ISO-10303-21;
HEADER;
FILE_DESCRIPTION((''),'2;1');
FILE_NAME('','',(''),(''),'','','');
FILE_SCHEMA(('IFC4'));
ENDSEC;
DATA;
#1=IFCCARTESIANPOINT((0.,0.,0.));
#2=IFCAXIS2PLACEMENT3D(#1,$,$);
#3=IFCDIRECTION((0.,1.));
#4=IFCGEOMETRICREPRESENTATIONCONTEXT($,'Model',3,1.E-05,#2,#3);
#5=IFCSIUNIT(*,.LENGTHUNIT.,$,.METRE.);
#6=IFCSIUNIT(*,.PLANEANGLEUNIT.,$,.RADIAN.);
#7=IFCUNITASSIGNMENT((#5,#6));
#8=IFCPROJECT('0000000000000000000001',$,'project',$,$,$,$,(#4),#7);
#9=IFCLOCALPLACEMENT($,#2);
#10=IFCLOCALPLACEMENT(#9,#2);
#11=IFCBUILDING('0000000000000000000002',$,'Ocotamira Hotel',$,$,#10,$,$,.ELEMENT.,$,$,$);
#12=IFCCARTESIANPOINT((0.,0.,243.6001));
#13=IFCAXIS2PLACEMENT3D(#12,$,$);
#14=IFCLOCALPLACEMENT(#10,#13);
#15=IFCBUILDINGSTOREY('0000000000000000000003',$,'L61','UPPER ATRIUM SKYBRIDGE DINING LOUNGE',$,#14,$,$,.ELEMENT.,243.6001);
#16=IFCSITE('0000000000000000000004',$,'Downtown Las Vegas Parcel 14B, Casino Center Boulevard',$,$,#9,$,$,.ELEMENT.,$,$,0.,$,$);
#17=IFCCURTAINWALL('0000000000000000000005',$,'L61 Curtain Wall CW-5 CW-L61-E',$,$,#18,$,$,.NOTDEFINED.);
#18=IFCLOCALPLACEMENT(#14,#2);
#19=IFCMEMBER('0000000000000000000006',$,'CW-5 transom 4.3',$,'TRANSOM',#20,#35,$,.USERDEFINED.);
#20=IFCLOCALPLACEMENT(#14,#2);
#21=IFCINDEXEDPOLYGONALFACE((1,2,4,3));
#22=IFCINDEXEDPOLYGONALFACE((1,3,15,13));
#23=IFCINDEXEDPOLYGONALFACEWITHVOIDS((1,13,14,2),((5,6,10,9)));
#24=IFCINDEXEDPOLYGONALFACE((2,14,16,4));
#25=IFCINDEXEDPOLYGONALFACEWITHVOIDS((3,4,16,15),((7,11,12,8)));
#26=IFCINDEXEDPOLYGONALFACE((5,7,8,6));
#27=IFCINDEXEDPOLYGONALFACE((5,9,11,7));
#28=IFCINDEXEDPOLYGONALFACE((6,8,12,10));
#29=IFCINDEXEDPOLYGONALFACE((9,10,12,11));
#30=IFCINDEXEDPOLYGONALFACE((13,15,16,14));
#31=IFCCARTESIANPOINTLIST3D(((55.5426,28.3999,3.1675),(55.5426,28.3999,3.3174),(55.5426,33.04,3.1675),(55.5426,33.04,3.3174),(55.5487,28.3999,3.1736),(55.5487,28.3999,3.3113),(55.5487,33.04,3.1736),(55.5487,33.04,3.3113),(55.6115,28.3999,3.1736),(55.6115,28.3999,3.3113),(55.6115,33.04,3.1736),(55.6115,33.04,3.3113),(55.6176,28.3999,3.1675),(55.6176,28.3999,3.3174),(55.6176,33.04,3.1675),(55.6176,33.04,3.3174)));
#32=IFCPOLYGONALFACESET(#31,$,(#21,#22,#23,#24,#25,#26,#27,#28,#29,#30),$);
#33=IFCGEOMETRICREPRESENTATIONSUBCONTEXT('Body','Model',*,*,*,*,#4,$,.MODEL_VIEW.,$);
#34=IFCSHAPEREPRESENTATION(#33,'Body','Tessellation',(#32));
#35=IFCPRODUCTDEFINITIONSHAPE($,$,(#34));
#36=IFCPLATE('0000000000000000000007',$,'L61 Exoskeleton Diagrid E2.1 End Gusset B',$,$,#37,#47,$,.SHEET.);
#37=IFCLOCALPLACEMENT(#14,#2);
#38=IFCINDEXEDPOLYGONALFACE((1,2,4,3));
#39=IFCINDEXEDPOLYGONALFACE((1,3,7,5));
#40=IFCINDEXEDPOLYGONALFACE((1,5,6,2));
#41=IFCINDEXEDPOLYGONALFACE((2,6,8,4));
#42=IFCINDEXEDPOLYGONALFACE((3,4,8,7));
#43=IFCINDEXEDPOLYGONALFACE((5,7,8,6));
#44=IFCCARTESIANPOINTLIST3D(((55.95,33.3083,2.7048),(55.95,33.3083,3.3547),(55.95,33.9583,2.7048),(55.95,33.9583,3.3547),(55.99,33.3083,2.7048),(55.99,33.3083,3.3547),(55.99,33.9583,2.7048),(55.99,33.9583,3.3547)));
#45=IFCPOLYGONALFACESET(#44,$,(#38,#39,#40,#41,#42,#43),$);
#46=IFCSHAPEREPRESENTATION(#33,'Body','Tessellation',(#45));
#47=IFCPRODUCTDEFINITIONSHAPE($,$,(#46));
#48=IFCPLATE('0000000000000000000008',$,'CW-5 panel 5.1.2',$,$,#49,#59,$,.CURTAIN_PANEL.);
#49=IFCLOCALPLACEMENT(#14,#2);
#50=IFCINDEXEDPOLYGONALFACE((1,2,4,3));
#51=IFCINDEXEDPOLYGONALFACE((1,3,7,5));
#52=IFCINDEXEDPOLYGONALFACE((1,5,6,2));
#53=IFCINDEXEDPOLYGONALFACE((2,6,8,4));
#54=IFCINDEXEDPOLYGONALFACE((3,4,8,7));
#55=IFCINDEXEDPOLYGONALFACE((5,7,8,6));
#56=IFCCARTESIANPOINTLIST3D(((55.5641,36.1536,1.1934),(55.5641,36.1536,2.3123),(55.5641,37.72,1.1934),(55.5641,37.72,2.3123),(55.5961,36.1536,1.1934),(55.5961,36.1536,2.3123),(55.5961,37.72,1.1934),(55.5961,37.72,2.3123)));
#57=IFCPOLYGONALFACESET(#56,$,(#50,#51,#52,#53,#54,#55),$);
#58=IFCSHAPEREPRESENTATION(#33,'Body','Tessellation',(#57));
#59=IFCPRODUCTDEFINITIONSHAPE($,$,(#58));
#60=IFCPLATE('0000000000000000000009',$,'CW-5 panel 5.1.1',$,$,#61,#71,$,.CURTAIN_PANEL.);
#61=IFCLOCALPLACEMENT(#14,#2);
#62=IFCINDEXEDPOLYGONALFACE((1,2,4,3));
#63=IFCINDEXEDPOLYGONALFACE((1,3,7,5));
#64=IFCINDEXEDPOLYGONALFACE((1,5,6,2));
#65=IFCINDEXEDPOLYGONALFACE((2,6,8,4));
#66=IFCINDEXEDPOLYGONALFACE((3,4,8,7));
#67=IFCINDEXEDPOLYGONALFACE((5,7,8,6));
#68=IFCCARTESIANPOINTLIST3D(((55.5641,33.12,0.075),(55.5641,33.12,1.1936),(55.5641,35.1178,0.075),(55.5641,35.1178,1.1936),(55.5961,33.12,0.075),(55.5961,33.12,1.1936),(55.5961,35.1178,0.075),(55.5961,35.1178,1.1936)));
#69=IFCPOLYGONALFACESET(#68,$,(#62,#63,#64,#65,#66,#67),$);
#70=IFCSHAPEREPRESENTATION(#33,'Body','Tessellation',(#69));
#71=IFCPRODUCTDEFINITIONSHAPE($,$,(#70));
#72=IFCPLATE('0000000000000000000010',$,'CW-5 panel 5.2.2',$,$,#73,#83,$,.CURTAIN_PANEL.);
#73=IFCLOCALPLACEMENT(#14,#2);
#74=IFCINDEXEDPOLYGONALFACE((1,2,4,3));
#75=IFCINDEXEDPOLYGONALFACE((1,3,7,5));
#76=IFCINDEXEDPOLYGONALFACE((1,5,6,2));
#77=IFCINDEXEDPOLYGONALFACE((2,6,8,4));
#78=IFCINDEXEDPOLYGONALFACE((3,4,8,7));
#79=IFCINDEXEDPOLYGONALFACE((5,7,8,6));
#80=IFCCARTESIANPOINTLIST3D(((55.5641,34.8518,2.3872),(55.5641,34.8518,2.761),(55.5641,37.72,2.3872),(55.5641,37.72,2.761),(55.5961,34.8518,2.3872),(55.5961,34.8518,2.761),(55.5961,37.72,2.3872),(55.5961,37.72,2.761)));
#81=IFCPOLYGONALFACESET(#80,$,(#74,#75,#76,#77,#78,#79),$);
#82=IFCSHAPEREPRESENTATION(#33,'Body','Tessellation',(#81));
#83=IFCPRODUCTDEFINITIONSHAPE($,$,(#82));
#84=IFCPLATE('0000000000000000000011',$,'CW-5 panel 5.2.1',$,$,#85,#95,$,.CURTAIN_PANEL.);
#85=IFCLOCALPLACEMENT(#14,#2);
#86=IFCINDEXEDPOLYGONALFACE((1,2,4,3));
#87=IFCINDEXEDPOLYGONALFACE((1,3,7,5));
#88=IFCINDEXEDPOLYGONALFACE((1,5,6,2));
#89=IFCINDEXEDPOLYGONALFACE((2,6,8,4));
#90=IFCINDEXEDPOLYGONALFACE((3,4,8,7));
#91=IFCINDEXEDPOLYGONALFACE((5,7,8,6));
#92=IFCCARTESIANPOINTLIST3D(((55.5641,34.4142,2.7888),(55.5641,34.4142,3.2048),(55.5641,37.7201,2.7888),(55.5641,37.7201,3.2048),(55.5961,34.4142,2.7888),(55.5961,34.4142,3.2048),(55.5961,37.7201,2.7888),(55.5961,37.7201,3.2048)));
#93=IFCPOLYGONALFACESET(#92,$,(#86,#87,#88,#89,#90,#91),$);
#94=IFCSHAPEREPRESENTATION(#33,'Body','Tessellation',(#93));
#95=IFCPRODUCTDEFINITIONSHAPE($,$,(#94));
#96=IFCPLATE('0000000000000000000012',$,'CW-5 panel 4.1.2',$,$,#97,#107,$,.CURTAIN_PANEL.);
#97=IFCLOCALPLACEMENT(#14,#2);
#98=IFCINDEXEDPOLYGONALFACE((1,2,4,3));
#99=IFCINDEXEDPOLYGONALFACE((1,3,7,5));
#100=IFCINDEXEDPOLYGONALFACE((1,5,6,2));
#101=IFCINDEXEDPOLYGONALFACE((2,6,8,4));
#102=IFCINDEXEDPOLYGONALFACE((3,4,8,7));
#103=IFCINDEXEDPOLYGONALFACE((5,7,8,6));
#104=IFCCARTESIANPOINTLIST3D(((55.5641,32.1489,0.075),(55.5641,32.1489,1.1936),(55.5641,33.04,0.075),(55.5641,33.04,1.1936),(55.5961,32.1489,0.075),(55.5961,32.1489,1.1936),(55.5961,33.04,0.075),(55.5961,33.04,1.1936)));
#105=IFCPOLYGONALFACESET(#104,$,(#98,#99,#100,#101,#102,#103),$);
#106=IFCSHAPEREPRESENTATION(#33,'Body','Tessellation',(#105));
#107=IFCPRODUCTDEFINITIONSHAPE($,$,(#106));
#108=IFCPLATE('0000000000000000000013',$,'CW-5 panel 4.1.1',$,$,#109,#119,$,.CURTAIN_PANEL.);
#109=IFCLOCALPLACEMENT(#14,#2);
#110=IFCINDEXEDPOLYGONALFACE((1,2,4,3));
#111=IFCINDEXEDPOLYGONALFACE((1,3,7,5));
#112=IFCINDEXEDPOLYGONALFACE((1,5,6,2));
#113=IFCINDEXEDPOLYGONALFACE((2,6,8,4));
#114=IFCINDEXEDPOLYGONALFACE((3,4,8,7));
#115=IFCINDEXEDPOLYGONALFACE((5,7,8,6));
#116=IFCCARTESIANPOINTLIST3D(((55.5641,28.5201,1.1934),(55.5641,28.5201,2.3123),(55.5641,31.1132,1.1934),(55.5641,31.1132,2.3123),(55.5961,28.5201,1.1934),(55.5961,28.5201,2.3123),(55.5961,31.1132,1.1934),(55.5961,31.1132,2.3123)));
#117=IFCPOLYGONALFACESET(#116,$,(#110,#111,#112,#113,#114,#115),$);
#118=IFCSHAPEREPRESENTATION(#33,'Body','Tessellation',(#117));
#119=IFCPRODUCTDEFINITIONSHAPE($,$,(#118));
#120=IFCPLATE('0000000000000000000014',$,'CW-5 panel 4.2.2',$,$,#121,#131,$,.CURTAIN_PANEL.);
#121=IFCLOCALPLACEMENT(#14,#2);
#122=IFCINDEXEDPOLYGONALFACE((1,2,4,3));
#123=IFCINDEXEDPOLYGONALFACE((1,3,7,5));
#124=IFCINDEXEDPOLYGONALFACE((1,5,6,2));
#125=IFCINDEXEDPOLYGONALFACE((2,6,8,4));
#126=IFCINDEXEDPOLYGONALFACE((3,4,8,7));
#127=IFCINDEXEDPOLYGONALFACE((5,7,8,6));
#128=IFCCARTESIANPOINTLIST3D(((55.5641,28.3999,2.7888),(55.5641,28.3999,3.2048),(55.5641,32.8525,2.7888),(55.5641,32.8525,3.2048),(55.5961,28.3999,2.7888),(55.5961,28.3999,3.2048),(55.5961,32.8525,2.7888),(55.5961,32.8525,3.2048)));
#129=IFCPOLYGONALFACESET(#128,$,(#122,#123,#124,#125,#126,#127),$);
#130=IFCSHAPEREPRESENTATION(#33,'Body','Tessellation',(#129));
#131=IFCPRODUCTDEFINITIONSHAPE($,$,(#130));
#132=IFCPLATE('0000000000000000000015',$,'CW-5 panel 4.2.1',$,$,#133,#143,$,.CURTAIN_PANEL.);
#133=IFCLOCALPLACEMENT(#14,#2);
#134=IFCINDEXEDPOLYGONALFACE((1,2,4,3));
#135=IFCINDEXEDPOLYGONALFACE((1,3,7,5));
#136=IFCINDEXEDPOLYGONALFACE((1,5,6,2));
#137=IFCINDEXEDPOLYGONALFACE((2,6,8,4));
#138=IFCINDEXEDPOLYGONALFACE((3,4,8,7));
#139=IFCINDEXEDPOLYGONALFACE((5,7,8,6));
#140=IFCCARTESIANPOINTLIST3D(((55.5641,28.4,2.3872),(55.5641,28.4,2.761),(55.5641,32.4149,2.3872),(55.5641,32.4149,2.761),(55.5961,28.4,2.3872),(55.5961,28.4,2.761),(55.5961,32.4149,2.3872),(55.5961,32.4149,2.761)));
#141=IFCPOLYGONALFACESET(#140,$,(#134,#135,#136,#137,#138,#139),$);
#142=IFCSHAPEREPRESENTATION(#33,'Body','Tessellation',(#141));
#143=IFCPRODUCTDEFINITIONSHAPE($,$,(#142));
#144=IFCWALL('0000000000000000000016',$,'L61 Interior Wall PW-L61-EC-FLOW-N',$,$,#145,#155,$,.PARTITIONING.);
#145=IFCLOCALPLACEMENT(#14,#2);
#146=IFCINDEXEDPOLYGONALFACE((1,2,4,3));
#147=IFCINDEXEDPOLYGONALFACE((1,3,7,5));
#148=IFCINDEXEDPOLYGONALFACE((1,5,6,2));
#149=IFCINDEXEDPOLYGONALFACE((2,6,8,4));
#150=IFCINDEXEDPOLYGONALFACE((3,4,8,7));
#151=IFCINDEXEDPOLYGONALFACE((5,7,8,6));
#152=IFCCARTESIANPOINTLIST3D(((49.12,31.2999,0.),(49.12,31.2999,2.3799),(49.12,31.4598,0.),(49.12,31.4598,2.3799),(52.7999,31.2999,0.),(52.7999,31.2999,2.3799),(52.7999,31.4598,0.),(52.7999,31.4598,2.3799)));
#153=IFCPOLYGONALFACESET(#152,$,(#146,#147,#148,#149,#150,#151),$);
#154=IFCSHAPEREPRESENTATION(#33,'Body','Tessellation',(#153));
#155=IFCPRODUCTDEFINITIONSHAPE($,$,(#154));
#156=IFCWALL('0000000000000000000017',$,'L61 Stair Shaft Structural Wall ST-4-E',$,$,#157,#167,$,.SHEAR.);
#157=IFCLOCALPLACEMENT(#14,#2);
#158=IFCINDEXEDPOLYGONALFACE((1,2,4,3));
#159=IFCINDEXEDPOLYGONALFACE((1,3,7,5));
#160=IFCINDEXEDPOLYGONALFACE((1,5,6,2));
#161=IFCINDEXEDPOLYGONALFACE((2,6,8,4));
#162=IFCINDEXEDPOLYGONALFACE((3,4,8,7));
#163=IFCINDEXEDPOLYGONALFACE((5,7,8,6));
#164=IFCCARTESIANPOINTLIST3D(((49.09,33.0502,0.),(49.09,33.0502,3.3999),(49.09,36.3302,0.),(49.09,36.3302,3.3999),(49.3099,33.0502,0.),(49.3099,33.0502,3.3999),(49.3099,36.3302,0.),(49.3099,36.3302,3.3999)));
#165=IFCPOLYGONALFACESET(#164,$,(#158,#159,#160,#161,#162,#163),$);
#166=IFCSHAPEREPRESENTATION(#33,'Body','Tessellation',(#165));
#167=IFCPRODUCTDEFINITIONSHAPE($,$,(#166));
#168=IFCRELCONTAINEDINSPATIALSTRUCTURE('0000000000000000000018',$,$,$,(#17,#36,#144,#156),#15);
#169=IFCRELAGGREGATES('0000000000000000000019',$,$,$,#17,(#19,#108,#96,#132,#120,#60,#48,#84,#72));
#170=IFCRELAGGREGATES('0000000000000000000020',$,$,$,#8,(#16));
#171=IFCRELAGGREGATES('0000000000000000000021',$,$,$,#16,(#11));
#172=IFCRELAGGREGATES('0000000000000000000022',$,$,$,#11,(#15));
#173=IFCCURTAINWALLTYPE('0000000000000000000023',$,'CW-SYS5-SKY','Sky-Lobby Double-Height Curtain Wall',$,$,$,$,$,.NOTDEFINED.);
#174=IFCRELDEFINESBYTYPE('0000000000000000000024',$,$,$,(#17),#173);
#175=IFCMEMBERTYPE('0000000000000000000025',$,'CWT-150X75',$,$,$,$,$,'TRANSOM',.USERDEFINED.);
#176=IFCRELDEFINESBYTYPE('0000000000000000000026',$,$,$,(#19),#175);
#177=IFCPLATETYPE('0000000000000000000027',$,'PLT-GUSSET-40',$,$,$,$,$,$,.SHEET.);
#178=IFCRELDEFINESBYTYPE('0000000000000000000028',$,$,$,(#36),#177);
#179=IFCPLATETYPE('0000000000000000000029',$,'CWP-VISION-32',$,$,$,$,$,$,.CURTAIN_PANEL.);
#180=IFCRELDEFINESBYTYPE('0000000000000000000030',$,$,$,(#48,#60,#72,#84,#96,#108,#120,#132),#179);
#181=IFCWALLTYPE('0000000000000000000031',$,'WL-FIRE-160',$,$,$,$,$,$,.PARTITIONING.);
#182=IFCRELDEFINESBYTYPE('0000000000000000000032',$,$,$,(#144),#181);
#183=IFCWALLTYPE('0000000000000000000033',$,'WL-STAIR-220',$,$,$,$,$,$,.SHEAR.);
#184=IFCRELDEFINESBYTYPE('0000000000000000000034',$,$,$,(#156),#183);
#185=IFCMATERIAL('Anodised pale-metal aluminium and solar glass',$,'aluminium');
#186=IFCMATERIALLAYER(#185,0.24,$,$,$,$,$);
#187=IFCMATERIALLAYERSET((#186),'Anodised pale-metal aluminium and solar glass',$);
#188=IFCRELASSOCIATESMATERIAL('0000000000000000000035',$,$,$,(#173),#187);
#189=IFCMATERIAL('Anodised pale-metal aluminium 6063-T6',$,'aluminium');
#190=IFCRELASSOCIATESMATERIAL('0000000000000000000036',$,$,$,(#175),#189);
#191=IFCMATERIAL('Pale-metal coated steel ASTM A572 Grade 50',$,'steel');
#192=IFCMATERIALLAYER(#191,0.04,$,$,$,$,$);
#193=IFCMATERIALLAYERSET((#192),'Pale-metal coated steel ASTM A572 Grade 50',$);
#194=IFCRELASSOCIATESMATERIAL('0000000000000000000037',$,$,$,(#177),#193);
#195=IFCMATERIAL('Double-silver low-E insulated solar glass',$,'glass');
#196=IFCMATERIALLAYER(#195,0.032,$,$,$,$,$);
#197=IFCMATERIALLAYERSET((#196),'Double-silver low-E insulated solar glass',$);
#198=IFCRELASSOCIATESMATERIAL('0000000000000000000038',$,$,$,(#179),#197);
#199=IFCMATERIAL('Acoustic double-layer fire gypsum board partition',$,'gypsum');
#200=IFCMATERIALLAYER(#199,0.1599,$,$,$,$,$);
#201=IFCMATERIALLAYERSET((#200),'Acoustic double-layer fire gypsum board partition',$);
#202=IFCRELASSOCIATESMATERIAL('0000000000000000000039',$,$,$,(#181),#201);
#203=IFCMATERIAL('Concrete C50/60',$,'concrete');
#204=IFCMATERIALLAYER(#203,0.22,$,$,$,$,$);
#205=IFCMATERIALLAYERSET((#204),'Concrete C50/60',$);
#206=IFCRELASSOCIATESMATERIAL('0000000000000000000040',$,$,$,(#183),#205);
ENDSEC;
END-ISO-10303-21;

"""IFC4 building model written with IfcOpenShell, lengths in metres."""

from ifc_helpers import new_model, si_unit, direction, frame, frame_2d, origin, origin_2d, place, context, subcontext, project, spatial, rectangle, hollow_rectangle, extrude, source, transform, mapped, material, layer, layer_set, material_profile, profile_set, type_object, element, aggregate, save


model = new_model("IFC4")

# Units and contexts
model_context = context("Model", 3, precision=1e-05, world=origin(), true_north=direction((0.0, 1.0)))
body_context = subcontext(model_context, "Body", "Model", "MODEL_VIEW")
ifc_project = project(units=[si_unit("LENGTHUNIT", "METRE"), si_unit("PLANEANGLEUNIT", "RADIAN")], contexts=[model_context])

# Site, building, storey
site_placement = place(None, origin())
site = spatial("IfcSite", under=ifc_project, at=site_placement, Name="Downtown Las Vegas Parcel 14B, Casino Center Boulevard", CompositionType="ELEMENT", RefElevation=0.0)
building_placement = place(site_placement, origin())
building = spatial("IfcBuilding", under=site, at=building_placement, Name="Ocotamira Hotel", CompositionType="ELEMENT")
storey_placement = place(building_placement, frame((0.0, 0.0, 243.6001)))
storey = spatial("IfcBuildingStorey", under=building, at=storey_placement, Name="L61", Description="UPPER ATRIUM SKYBRIDGE DINING LOUNGE", CompositionType="ELEMENT", Elevation=243.6001)

# Curtain wall, member
ifc_material_1 = material(Name="Anodised pale-metal aluminium and solar glass", Category="aluminium")
ifc_layer_1 = layer(ifc_material_1, 0.24)
ifc_layer_set_1 = layer_set([ifc_layer_1], Name="Anodised pale-metal aluminium and solar glass")
curtain_wall_type = type_object("IfcCurtainWallType", Name="CW-SYS5-SKY", Description="Sky-Lobby Double-Height Curtain Wall", PredefinedType="NOTDEFINED", material=ifc_layer_set_1)
curtain_wall_placement = place(storey_placement, origin())
curtain_wall = element("IfcCurtainWall", 1, at=curtain_wall_placement, inside=storey, type_object=curtain_wall_type, Name="L61 Curtain Wall CW-5 CW-L61-E", PredefinedType="NOTDEFINED")
ifc_material_2 = material(Name="Anodised pale-metal aluminium 6063-T6", Category="aluminium")
ifc_material_profile_1 = material_profile(ifc_material_2, hollow_rectangle(XDim=0.075, YDim=0.1499, WallThickness=0.0061, at=origin_2d()), Name="HSS150X75X6")
ifc_profile_set_1 = profile_set([ifc_material_profile_1], Name="Anodised pale-metal aluminium 6063-T6")
member_type_1 = type_object("IfcMemberType", Name="CWT-150X75", ElementType="TRANSOM", PredefinedType="USERDEFINED", material=ifc_profile_set_1)
shared_shape_1 = source(origin(), body_context, "Body", "SweptSolid", [
    extrude(hollow_rectangle(XDim=0.075, YDim=0.1499, WallThickness=0.0061, at=origin_2d()), origin(), (0.0, 0.0, 1.0), 4.6401),
])
member_1_placement = place(storey_placement, frame((55.5801, 28.3999, 3.2424), z_axis=(0.0, 1.0, 0.0), x_axis=(-1.0, 0.0, 0.0)))
member_1 = element("IfcMember", 2, at=member_1_placement, type_object=member_type_1, Name="CW-5 transom 4.3", ObjectType="TRANSOM", PredefinedType="USERDEFINED", context=body_context, shape_type="MappedRepresentation", body=[
    mapped(shared_shape_1, transform((0.0, 0.0, 0.0), scale=1.0)),
])

# Plates
ifc_material_3 = material(Name="Pale-metal coated steel ASTM A572 Grade 50", Category="steel")
ifc_layer_2 = layer(ifc_material_3, 0.04)
ifc_layer_set_2 = layer_set([ifc_layer_2], Name="Pale-metal coated steel ASTM A572 Grade 50")
plate_type_1 = type_object("IfcPlateType", Name="PLT-GUSSET-40", PredefinedType="SHEET", material=ifc_layer_set_2)
shared_shape_2 = source(origin(), body_context, "Body", "SweptSolid", [
    extrude(rectangle(XDim=0.04, YDim=0.6499, at=origin_2d()), origin(), (0.0, 0.0, 1.0), 0.6499),
])
plate_1_placement = place(storey_placement, frame((55.97, 33.6333, 2.7048), z_axis=(0.0, 0.0, 1.0), x_axis=(1.0, 0.0, 0.0)))
element("IfcPlate", 3, at=plate_1_placement, inside=storey, type_object=plate_type_1, Name="L61 Exoskeleton Diagrid E2.1 End Gusset B", PredefinedType="SHEET", context=body_context, shape_type="MappedRepresentation", body=[
    mapped(shared_shape_2, transform((0.0, 0.0, 0.0), scale=1.0)),
])
ifc_material_4 = material(Name="Double-silver low-E insulated solar glass", Category="glass")
ifc_layer_3 = layer(ifc_material_4, 0.032)
ifc_layer_set_3 = layer_set([ifc_layer_3], Name="Double-silver low-E insulated solar glass")
plate_type_2 = type_object("IfcPlateType", Name="CWP-VISION-32", PredefinedType="CURTAIN_PANEL", material=ifc_layer_set_3)
shared_shape_3 = source(origin(), body_context, "Body", "SweptSolid", [
    extrude(rectangle(XDim=1.5664, YDim=0.032, at=origin_2d()), origin(), (0.0, 0.0, 1.0), 1.1189),
])
plate_2_placement = place(storey_placement, frame((55.5801, 36.9368, 1.1934), z_axis=(0.0, 0.0, 1.0), x_axis=(0.0, 1.0, 0.0)))
plate_2 = element("IfcPlate", 4, at=plate_2_placement, type_object=plate_type_2, Name="CW-5 panel 5.1.2", PredefinedType="CURTAIN_PANEL", context=body_context, shape_type="MappedRepresentation", body=[
    mapped(shared_shape_3, transform((0.0, 0.0, 0.0), scale=1.0)),
])
shared_shape_4 = source(origin(), body_context, "Body", "SweptSolid", [
    extrude(rectangle(XDim=1.9978, YDim=0.032, at=origin_2d()), origin(), (0.0, 0.0, 1.0), 1.1187),
])
plate_3_placement = place(storey_placement, frame((55.5801, 34.1189, 0.075), z_axis=(0.0, 0.0, 1.0), x_axis=(0.0, 1.0, 0.0)))
plate_3 = element("IfcPlate", 5, at=plate_3_placement, type_object=plate_type_2, Name="CW-5 panel 5.1.1", PredefinedType="CURTAIN_PANEL", context=body_context, shape_type="MappedRepresentation", body=[
    mapped(shared_shape_4, transform((0.0, 0.0, 0.0), scale=1.0)),
])
shared_shape_5 = source(origin(), body_context, "Body", "SweptSolid", [
    extrude(rectangle(XDim=2.8682, YDim=0.032, at=origin_2d()), origin(), (0.0, 0.0, 1.0), 0.3738),
])
plate_4_placement = place(storey_placement, frame((55.5801, 36.2859, 2.3872), z_axis=(0.0, 0.0, 1.0), x_axis=(0.0, 1.0, 0.0)))
plate_4 = element("IfcPlate", 6, at=plate_4_placement, type_object=plate_type_2, Name="CW-5 panel 5.2.2", PredefinedType="CURTAIN_PANEL", context=body_context, shape_type="MappedRepresentation", body=[
    mapped(shared_shape_5, transform((0.0, 0.0, 0.0), scale=1.0)),
])
shared_shape_6 = source(origin(), body_context, "Body", "SweptSolid", [
    extrude(rectangle(XDim=3.3059, YDim=0.032, at=origin_2d()), origin(), (0.0, 0.0, 1.0), 0.416),
])
plate_5_placement = place(storey_placement, frame((55.5801, 36.0671, 2.7888), z_axis=(0.0, 0.0, 1.0), x_axis=(0.0, 1.0, 0.0)))
plate_5 = element("IfcPlate", 7, at=plate_5_placement, type_object=plate_type_2, Name="CW-5 panel 5.2.1", PredefinedType="CURTAIN_PANEL", context=body_context, shape_type="MappedRepresentation", body=[
    mapped(shared_shape_6, transform((0.0, 0.0, 0.0), scale=1.0)),
])
shared_shape_7 = source(origin(), body_context, "Body", "SweptSolid", [
    extrude(rectangle(XDim=0.8911, YDim=0.032, at=origin_2d()), origin(), (0.0, 0.0, 1.0), 1.1187),
])
plate_6_placement = place(storey_placement, frame((55.5801, 32.5945, 0.075), z_axis=(0.0, 0.0, 1.0), x_axis=(0.0, 1.0, 0.0)))
plate_6 = element("IfcPlate", 8, at=plate_6_placement, type_object=plate_type_2, Name="CW-5 panel 4.1.2", PredefinedType="CURTAIN_PANEL", context=body_context, shape_type="MappedRepresentation", body=[
    mapped(shared_shape_7, transform((0.0, 0.0, 0.0), scale=1.0)),
])
shared_shape_8 = source(origin(), body_context, "Body", "SweptSolid", [
    extrude(rectangle(XDim=2.593, YDim=0.032, at=origin_2d()), origin(), (0.0, 0.0, 1.0), 1.1189),
])
plate_7_placement = place(storey_placement, frame((55.5801, 29.8167, 1.1934), z_axis=(0.0, 0.0, 1.0), x_axis=(0.0, 1.0, 0.0)))
plate_7 = element("IfcPlate", 9, at=plate_7_placement, type_object=plate_type_2, Name="CW-5 panel 4.1.1", PredefinedType="CURTAIN_PANEL", context=body_context, shape_type="MappedRepresentation", body=[
    mapped(shared_shape_8, transform((0.0, 0.0, 0.0), scale=1.0)),
])
shared_shape_9 = source(origin(), body_context, "Body", "SweptSolid", [
    extrude(rectangle(XDim=4.4526, YDim=0.032, at=origin_2d()), origin(), (0.0, 0.0, 1.0), 0.416),
])
plate_8_placement = place(storey_placement, frame((55.5801, 30.6262, 2.7888), z_axis=(0.0, 0.0, 1.0), x_axis=(0.0, 1.0, 0.0)))
plate_8 = element("IfcPlate", 10, at=plate_8_placement, type_object=plate_type_2, Name="CW-5 panel 4.2.2", PredefinedType="CURTAIN_PANEL", context=body_context, shape_type="MappedRepresentation", body=[
    mapped(shared_shape_9, transform((0.0, 0.0, 0.0), scale=1.0)),
])
shared_shape_10 = source(origin(), body_context, "Body", "SweptSolid", [
    extrude(rectangle(XDim=4.0149, YDim=0.032, at=origin_2d()), origin(), (0.0, 0.0, 1.0), 0.3738),
])
plate_9_placement = place(storey_placement, frame((55.5801, 30.4075, 2.3872), z_axis=(0.0, 0.0, 1.0), x_axis=(0.0, 1.0, 0.0)))
plate_9 = element("IfcPlate", 11, at=plate_9_placement, type_object=plate_type_2, Name="CW-5 panel 4.2.1", PredefinedType="CURTAIN_PANEL", context=body_context, shape_type="MappedRepresentation", body=[
    mapped(shared_shape_10, transform((0.0, 0.0, 0.0), scale=1.0)),
])
aggregate(curtain_wall, [member_1, plate_7, plate_6, plate_9, plate_8, plate_3, plate_2, plate_5, plate_4])

# Wall
ifc_material_5 = material(Name="Acoustic double-layer fire gypsum board partition", Category="gypsum")
ifc_layer_4 = layer(ifc_material_5, 0.1599)
ifc_layer_set_4 = layer_set([ifc_layer_4], Name="Acoustic double-layer fire gypsum board partition")
wall_type_1 = type_object("IfcWallType", Name="WL-FIRE-160", PredefinedType="PARTITIONING", material=ifc_layer_set_4)
wall_1_placement = place(storey_placement, frame((49.1201, 31.3799, 0.0), z_axis=(0.0, 0.0, 1.0), x_axis=(1.0, 0.0, 0.0)))
element("IfcWall", 12, at=wall_1_placement, inside=storey, type_object=wall_type_1, Name="L61 Interior Wall PW-L61-EC-FLOW-N", PredefinedType="PARTITIONING", context=body_context, shape_type="SweptSolid", body=[
    extrude(rectangle(XDim=3.6799, YDim=0.1599, at=frame_2d((1.8398, 0.0))), origin(), (0.0, 0.0, 1.0), 2.3799),
])

# Wall
ifc_material_6 = material(Name="Concrete C50/60", Category="concrete")
ifc_layer_5 = layer(ifc_material_6, 0.22)
ifc_layer_set_5 = layer_set([ifc_layer_5], Name="Concrete C50/60")
wall_type_2 = type_object("IfcWallType", Name="WL-STAIR-220", PredefinedType="SHEAR", material=ifc_layer_set_5)
wall_2_placement = place(storey_placement, frame((49.2, 33.05, 0.0), z_axis=(0.0, 0.0, 1.0), x_axis=(0.0, 1.0, 0.0)))
element("IfcWall", 13, at=wall_2_placement, inside=storey, type_object=wall_type_2, Name="L61 Stair Shaft Structural Wall ST-4-E", PredefinedType="SHEAR", context=body_context, shape_type="SweptSolid", body=[
    extrude(rectangle(XDim=3.28, YDim=0.22, at=frame_2d((1.6401, 0.0))), origin(), (0.0, 0.0, 1.0), 3.3999),
])

save(model, "model.ifc")
